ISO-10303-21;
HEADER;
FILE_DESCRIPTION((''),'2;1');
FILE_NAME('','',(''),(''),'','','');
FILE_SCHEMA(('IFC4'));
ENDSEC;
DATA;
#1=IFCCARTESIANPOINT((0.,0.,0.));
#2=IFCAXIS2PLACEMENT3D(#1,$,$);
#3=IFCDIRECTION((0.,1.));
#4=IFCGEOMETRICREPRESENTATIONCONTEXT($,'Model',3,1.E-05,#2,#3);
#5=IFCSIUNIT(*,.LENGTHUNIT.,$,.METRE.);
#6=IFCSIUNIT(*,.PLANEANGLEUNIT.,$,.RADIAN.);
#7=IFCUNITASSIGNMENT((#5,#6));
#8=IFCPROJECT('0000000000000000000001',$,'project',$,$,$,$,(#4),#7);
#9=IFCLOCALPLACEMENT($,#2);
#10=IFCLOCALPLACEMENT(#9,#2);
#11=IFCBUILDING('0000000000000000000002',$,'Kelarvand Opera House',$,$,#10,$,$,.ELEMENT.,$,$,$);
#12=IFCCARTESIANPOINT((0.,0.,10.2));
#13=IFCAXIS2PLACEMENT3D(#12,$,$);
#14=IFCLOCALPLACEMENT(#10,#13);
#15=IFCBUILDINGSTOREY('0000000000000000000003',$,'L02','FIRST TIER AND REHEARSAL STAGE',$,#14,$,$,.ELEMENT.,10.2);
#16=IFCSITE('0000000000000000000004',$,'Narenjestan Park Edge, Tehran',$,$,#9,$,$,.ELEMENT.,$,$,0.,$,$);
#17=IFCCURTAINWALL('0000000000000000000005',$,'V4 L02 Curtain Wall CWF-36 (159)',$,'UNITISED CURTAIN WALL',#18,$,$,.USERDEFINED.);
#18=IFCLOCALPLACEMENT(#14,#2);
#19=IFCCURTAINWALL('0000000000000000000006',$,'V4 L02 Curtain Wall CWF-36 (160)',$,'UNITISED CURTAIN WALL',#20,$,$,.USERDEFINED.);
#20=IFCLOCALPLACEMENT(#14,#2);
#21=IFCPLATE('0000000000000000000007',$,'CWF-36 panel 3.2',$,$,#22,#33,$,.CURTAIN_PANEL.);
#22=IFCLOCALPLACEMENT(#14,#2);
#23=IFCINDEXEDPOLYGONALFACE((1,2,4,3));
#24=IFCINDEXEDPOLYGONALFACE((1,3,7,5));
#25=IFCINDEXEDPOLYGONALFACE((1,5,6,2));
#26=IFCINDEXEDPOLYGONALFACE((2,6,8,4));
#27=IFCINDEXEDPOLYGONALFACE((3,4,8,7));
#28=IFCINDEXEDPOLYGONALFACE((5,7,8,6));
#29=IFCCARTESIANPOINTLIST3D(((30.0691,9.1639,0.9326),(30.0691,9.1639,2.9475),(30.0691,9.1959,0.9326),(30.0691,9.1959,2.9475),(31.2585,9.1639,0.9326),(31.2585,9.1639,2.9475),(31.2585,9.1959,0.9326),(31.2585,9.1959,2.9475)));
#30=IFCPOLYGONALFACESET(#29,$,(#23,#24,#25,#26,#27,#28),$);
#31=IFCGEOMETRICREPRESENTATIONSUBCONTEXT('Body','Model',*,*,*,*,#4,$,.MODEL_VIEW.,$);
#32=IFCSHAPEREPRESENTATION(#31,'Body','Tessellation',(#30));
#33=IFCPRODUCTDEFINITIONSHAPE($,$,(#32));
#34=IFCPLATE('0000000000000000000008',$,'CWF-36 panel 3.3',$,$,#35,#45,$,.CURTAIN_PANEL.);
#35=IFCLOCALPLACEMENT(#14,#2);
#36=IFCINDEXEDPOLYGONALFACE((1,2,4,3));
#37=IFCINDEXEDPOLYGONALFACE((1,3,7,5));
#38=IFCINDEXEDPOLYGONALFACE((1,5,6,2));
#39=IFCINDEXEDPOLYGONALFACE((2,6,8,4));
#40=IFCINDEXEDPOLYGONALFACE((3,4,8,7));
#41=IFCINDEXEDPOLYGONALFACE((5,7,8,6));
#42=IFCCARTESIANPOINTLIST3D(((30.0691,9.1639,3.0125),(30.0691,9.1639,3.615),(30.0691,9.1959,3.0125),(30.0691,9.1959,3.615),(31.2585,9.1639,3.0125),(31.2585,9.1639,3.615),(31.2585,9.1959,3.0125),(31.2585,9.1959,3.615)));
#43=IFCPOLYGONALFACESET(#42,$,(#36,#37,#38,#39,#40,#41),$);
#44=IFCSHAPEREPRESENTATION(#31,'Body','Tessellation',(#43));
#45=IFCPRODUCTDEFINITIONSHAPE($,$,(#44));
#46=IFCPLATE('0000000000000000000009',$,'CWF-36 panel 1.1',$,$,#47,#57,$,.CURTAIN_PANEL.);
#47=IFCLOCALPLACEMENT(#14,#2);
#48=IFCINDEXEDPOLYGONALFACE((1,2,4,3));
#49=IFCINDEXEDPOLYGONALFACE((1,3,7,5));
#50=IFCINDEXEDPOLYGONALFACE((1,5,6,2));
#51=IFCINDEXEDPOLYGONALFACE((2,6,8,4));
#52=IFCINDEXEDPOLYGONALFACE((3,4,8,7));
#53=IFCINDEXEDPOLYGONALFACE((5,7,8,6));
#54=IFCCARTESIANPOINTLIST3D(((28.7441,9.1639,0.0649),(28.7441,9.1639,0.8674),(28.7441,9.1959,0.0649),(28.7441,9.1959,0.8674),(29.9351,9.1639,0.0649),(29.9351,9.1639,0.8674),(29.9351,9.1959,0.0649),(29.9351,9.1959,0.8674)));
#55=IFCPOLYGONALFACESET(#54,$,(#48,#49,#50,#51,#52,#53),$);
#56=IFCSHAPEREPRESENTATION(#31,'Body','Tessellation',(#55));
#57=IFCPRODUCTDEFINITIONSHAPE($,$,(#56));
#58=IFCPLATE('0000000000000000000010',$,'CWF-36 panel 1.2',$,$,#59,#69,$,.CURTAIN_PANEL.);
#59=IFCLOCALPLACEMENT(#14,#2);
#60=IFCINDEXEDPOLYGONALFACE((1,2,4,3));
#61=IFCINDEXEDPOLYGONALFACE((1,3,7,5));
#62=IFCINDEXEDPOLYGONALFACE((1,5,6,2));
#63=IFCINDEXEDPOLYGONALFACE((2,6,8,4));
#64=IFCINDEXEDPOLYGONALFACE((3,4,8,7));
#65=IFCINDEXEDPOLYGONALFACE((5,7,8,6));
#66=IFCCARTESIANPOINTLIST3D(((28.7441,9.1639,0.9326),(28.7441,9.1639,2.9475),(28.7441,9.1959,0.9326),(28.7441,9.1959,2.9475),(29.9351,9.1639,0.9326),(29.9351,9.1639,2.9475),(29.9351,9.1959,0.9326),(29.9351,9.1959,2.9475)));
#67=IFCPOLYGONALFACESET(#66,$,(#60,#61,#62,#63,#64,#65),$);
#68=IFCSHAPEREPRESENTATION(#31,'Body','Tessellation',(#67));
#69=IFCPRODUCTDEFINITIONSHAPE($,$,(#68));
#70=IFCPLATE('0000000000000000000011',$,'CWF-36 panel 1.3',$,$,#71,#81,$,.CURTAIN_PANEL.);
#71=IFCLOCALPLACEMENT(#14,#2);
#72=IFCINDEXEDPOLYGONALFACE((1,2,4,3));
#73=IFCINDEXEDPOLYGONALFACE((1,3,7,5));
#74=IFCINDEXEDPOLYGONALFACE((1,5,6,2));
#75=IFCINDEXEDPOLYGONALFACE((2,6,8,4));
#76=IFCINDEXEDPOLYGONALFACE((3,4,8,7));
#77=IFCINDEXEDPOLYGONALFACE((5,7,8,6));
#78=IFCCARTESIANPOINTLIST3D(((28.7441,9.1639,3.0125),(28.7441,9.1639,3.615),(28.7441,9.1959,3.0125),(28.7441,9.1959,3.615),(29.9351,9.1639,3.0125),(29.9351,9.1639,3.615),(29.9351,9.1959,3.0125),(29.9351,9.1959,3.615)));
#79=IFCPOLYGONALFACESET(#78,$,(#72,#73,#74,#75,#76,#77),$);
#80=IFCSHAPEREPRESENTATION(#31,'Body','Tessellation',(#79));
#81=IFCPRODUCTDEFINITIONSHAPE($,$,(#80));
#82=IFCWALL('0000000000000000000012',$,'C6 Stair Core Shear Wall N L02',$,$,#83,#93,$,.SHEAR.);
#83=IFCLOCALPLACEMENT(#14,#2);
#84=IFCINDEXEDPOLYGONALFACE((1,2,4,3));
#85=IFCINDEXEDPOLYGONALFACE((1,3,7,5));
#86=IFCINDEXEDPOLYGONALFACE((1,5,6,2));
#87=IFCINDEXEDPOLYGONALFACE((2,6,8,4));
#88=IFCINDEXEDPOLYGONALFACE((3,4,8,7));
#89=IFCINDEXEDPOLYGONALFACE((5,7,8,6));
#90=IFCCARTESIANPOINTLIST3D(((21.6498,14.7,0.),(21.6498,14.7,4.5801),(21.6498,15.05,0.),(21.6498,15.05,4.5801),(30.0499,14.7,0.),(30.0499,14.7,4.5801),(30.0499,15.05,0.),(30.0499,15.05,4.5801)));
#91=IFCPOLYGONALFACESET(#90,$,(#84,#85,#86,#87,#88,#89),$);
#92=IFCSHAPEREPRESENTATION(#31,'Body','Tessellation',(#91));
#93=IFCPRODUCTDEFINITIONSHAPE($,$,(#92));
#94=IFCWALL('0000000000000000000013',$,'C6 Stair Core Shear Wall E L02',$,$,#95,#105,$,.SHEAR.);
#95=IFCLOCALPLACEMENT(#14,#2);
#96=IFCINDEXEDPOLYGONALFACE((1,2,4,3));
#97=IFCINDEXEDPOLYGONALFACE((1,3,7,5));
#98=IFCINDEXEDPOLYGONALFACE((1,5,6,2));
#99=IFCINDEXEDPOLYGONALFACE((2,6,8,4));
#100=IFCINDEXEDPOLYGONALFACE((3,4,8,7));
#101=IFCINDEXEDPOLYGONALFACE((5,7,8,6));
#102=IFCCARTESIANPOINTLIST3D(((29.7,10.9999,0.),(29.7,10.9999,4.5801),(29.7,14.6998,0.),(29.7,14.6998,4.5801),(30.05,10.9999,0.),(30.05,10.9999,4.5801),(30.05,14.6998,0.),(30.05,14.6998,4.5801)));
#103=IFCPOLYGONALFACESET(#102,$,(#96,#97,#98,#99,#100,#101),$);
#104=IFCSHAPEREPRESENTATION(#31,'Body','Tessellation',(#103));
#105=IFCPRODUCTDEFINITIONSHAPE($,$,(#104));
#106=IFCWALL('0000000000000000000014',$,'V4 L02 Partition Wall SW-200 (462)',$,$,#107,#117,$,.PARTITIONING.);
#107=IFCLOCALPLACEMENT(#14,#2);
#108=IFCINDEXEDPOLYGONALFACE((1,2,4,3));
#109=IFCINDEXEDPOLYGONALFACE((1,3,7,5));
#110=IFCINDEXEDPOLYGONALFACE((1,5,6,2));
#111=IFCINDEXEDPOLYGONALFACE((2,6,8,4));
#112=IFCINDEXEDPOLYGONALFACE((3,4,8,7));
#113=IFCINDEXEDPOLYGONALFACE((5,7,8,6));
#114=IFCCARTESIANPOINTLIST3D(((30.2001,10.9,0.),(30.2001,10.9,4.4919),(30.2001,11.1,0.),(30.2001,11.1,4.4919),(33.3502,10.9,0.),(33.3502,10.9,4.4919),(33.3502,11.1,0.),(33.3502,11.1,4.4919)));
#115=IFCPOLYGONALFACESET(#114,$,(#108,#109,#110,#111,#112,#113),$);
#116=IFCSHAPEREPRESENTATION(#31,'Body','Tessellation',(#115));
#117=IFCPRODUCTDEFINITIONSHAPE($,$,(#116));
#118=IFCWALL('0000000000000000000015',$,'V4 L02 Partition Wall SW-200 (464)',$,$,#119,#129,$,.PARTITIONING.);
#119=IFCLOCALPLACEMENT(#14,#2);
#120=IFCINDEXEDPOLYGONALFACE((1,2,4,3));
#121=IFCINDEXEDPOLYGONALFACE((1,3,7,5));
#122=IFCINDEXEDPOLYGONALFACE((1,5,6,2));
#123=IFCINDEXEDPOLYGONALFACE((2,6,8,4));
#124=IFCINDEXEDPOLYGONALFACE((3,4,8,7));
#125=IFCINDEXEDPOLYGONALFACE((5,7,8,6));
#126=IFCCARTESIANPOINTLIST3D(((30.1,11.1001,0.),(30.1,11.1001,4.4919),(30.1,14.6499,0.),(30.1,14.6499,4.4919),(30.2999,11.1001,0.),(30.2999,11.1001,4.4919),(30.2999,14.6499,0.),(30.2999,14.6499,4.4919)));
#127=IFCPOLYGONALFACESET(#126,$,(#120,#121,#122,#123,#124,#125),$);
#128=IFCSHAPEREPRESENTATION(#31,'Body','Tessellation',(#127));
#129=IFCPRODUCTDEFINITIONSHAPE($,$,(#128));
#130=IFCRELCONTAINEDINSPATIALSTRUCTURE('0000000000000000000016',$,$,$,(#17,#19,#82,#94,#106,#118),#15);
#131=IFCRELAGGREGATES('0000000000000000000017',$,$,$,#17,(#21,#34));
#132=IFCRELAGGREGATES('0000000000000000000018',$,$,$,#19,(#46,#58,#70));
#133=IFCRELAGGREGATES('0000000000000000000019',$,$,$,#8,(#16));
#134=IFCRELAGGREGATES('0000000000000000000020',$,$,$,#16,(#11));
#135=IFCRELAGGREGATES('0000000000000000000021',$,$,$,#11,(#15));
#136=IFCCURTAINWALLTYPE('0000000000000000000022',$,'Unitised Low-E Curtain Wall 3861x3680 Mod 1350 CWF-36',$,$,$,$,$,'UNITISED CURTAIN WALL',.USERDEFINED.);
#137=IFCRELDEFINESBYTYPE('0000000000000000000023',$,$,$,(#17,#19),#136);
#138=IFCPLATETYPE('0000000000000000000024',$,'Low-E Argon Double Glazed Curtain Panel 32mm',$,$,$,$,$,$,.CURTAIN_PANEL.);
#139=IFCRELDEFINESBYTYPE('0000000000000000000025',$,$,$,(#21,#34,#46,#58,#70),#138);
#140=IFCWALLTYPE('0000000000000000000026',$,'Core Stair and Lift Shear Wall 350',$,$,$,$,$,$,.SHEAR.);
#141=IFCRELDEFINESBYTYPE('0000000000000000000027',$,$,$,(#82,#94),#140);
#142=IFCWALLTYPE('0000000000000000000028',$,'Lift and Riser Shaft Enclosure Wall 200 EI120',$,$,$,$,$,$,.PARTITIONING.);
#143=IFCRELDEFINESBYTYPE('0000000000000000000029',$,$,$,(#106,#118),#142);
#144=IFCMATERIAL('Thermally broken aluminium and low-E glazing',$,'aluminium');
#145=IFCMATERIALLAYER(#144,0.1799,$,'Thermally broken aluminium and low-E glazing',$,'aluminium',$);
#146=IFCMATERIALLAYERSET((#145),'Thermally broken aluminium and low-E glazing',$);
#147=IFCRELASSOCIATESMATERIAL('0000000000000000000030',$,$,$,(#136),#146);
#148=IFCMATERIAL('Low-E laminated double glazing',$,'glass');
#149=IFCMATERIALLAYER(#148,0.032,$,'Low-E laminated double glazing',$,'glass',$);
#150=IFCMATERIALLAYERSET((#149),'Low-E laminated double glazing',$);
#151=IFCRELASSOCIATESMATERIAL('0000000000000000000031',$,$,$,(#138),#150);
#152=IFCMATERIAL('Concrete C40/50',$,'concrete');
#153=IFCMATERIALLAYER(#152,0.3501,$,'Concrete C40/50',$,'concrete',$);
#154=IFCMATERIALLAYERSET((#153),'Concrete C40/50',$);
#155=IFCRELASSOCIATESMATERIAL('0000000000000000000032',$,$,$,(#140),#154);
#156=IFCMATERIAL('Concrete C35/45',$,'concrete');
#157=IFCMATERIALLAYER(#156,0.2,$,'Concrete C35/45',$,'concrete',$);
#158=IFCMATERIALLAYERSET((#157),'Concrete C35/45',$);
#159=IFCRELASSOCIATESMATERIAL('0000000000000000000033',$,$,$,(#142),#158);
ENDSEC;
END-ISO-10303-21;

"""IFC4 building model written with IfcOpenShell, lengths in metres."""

from ifc_helpers import new_model, si_unit, direction, frame, frame_2d, origin, origin_2d, place, context, subcontext, project, spatial, rectangle, extrude, material, layer, layer_set, type_object, element, aggregate, save


model = new_model("IFC4")

# Units and contexts
model_context = context("Model", 3, precision=1e-05, world=origin(), true_north=direction((0.0, 1.0)))
body_context = subcontext(model_context, "Body", "Model", "MODEL_VIEW")
ifc_project = project(units=[si_unit("LENGTHUNIT", "METRE"), si_unit("PLANEANGLEUNIT", "RADIAN")], contexts=[model_context])

# Site, building, storey
site_placement = place(None, origin())
site = spatial("IfcSite", under=ifc_project, at=site_placement, Name="Narenjestan Park Edge, Tehran", CompositionType="ELEMENT", RefElevation=0.0)
building_placement = place(site_placement, origin())
building = spatial("IfcBuilding", under=site, at=building_placement, Name="Kelarvand Opera House", CompositionType="ELEMENT")
storey_placement = place(building_placement, frame((0.0, 0.0, 10.2)))
storey = spatial("IfcBuildingStorey", under=building, at=storey_placement, Name="L02", Description="FIRST TIER AND REHEARSAL STAGE", CompositionType="ELEMENT", Elevation=10.2)

# Curtain walls
ifc_material_1 = material(Name="Thermally broken aluminium and low-E glazing", Category="aluminium")
ifc_layer_1 = layer(ifc_material_1, 0.1799, Name="Thermally broken aluminium and low-E glazing", Category="aluminium")
ifc_layer_set_1 = layer_set([ifc_layer_1], Name="Thermally broken aluminium and low-E glazing")
curtain_wall_type = type_object("IfcCurtainWallType", Name="Unitised Low-E Curtain Wall 3861x3680 Mod 1350 CWF-36", ElementType="UNITISED CURTAIN WALL", PredefinedType="USERDEFINED", material=ifc_layer_set_1)
curtain_wall_1_placement = place(storey_placement, origin())
curtain_wall_1 = element("IfcCurtainWall", 1, at=curtain_wall_1_placement, inside=storey, type_object=curtain_wall_type, Name="V4 L02 Curtain Wall CWF-36 (159)", ObjectType="UNITISED CURTAIN WALL", PredefinedType="USERDEFINED")
curtain_wall_2_placement = place(storey_placement, origin())
curtain_wall_2 = element("IfcCurtainWall", 2, at=curtain_wall_2_placement, inside=storey, type_object=curtain_wall_type, Name="V4 L02 Curtain Wall CWF-36 (160)", ObjectType="UNITISED CURTAIN WALL", PredefinedType="USERDEFINED")

# Plates
ifc_material_2 = material(Name="Low-E laminated double glazing", Category="glass")
ifc_layer_2 = layer(ifc_material_2, 0.032, Name="Low-E laminated double glazing", Category="glass")
ifc_layer_set_2 = layer_set([ifc_layer_2], Name="Low-E laminated double glazing")
plate_type = type_object("IfcPlateType", Name="Low-E Argon Double Glazed Curtain Panel 32mm", PredefinedType="CURTAIN_PANEL", material=ifc_layer_set_2)
plate_1_placement = place(storey_placement, frame((30.6638, 9.1799, 0.9326), z_axis=(0.0, 0.0, 1.0), x_axis=(-1.0, 0.0, 0.0)))
plate_1 = element("IfcPlate", 3, at=plate_1_placement, type_object=plate_type, Name="CWF-36 panel 3.2", PredefinedType="CURTAIN_PANEL", context=body_context, shape_type="SweptSolid", body=[
    extrude(rectangle(XDim=1.1895, YDim=0.032, at=origin_2d()), origin(), (0.0, 0.0, 1.0), 2.0149),
])
plate_2_placement = place(storey_placement, frame((30.6638, 9.1799, 3.0125), z_axis=(0.0, 0.0, 1.0), x_axis=(-1.0, 0.0, 0.0)))
plate_2 = element("IfcPlate", 4, at=plate_2_placement, type_object=plate_type, Name="CWF-36 panel 3.3", PredefinedType="CURTAIN_PANEL", context=body_context, shape_type="SweptSolid", body=[
    extrude(rectangle(XDim=1.1895, YDim=0.032, at=origin_2d()), origin(), (0.0, 0.0, 1.0), 0.6025),
])
aggregate(curtain_wall_1, [plate_1, plate_2])
plate_3_placement = place(storey_placement, frame((29.3396, 9.1799, 0.0649), z_axis=(0.0, 0.0, 1.0), x_axis=(-1.0, 0.0, 0.0)))
plate_3 = element("IfcPlate", 5, at=plate_3_placement, type_object=plate_type, Name="CWF-36 panel 1.1", PredefinedType="CURTAIN_PANEL", context=body_context, shape_type="SweptSolid", body=[
    extrude(rectangle(XDim=1.1909, YDim=0.032, at=origin_2d()), origin(), (0.0, 0.0, 1.0), 0.8025),
])
plate_4_placement = place(storey_placement, frame((29.3396, 9.1799, 0.9326), z_axis=(0.0, 0.0, 1.0), x_axis=(-1.0, 0.0, 0.0)))
plate_4 = element("IfcPlate", 6, at=plate_4_placement, type_object=plate_type, Name="CWF-36 panel 1.2", PredefinedType="CURTAIN_PANEL", context=body_context, shape_type="SweptSolid", body=[
    extrude(rectangle(XDim=1.1909, YDim=0.032, at=origin_2d()), origin(), (0.0, 0.0, 1.0), 2.0149),
])
plate_5_placement = place(storey_placement, frame((29.3396, 9.1799, 3.0125), z_axis=(0.0, 0.0, 1.0), x_axis=(-1.0, 0.0, 0.0)))
plate_5 = element("IfcPlate", 7, at=plate_5_placement, type_object=plate_type, Name="CWF-36 panel 1.3", PredefinedType="CURTAIN_PANEL", context=body_context, shape_type="SweptSolid", body=[
    extrude(rectangle(XDim=1.1909, YDim=0.032, at=origin_2d()), origin(), (0.0, 0.0, 1.0), 0.6025),
])
aggregate(curtain_wall_2, [plate_3, plate_4, plate_5])

# Walls
ifc_material_3 = material(Name="Concrete C40/50", Category="concrete")
ifc_layer_3 = layer(ifc_material_3, 0.3501, Name="Concrete C40/50", Category="concrete")
ifc_layer_set_3 = layer_set([ifc_layer_3], Name="Concrete C40/50")
wall_type_1 = type_object("IfcWallType", Name="Core Stair and Lift Shear Wall 350", PredefinedType="SHEAR", material=ifc_layer_set_3)
wall_1_placement = place(storey_placement, frame((30.05, 14.875, 0.0), z_axis=(0.0, 0.0, 1.0), x_axis=(-1.0, 0.0, 0.0)))
element("IfcWall", 8, at=wall_1_placement, inside=storey, type_object=wall_type_1, Name="C6 Stair Core Shear Wall N L02", PredefinedType="SHEAR", context=body_context, shape_type="SweptSolid", body=[
    extrude(rectangle(XDim=8.4001, YDim=0.3501, at=frame_2d((4.2002, 0.0))), origin(), (0.0, 0.0, 1.0), 4.5801),
])
wall_2_placement = place(storey_placement, frame((29.875, 14.7, 0.0), z_axis=(0.0, 0.0, 1.0), x_axis=(0.0, -1.0, 0.0)))
element("IfcWall", 9, at=wall_2_placement, inside=storey, type_object=wall_type_1, Name="C6 Stair Core Shear Wall E L02", PredefinedType="SHEAR", context=body_context, shape_type="SweptSolid", body=[
    extrude(rectangle(XDim=3.7, YDim=0.3501, at=frame_2d((1.8501, 0.0))), origin(), (0.0, 0.0, 1.0), 4.5801),
])
ifc_material_4 = material(Name="Concrete C35/45", Category="concrete")
ifc_layer_4 = layer(ifc_material_4, 0.2, Name="Concrete C35/45", Category="concrete")
ifc_layer_set_4 = layer_set([ifc_layer_4], Name="Concrete C35/45")
wall_type_2 = type_object("IfcWallType", Name="Lift and Riser Shaft Enclosure Wall 200 EI120", PredefinedType="PARTITIONING", material=ifc_layer_set_4)
wall_3_placement = place(storey_placement, frame((30.2, 11.0, 0.0), z_axis=(0.0, 0.0, 1.0), x_axis=(1.0, 0.0, 0.0)))
element("IfcWall", 10, at=wall_3_placement, inside=storey, type_object=wall_type_2, Name="V4 L02 Partition Wall SW-200 (462)", PredefinedType="PARTITIONING", context=body_context, shape_type="SweptSolid", body=[
    extrude(rectangle(XDim=3.1501, YDim=0.2, at=frame_2d((1.5752, 0.0))), origin(), (0.0, 0.0, 1.0), 4.4919),
])
wall_4_placement = place(storey_placement, frame((30.2, 11.1001, 0.0), z_axis=(0.0, 0.0, 1.0), x_axis=(0.0, 1.0, 0.0)))
element("IfcWall", 11, at=wall_4_placement, inside=storey, type_object=wall_type_2, Name="V4 L02 Partition Wall SW-200 (464)", PredefinedType="PARTITIONING", context=body_context, shape_type="SweptSolid", body=[
    extrude(rectangle(XDim=3.5498, YDim=0.2, at=frame_2d((1.7749, 0.0))), origin(), (0.0, 0.0, 1.0), 4.4919),
])

save(model, "model.ifc")
